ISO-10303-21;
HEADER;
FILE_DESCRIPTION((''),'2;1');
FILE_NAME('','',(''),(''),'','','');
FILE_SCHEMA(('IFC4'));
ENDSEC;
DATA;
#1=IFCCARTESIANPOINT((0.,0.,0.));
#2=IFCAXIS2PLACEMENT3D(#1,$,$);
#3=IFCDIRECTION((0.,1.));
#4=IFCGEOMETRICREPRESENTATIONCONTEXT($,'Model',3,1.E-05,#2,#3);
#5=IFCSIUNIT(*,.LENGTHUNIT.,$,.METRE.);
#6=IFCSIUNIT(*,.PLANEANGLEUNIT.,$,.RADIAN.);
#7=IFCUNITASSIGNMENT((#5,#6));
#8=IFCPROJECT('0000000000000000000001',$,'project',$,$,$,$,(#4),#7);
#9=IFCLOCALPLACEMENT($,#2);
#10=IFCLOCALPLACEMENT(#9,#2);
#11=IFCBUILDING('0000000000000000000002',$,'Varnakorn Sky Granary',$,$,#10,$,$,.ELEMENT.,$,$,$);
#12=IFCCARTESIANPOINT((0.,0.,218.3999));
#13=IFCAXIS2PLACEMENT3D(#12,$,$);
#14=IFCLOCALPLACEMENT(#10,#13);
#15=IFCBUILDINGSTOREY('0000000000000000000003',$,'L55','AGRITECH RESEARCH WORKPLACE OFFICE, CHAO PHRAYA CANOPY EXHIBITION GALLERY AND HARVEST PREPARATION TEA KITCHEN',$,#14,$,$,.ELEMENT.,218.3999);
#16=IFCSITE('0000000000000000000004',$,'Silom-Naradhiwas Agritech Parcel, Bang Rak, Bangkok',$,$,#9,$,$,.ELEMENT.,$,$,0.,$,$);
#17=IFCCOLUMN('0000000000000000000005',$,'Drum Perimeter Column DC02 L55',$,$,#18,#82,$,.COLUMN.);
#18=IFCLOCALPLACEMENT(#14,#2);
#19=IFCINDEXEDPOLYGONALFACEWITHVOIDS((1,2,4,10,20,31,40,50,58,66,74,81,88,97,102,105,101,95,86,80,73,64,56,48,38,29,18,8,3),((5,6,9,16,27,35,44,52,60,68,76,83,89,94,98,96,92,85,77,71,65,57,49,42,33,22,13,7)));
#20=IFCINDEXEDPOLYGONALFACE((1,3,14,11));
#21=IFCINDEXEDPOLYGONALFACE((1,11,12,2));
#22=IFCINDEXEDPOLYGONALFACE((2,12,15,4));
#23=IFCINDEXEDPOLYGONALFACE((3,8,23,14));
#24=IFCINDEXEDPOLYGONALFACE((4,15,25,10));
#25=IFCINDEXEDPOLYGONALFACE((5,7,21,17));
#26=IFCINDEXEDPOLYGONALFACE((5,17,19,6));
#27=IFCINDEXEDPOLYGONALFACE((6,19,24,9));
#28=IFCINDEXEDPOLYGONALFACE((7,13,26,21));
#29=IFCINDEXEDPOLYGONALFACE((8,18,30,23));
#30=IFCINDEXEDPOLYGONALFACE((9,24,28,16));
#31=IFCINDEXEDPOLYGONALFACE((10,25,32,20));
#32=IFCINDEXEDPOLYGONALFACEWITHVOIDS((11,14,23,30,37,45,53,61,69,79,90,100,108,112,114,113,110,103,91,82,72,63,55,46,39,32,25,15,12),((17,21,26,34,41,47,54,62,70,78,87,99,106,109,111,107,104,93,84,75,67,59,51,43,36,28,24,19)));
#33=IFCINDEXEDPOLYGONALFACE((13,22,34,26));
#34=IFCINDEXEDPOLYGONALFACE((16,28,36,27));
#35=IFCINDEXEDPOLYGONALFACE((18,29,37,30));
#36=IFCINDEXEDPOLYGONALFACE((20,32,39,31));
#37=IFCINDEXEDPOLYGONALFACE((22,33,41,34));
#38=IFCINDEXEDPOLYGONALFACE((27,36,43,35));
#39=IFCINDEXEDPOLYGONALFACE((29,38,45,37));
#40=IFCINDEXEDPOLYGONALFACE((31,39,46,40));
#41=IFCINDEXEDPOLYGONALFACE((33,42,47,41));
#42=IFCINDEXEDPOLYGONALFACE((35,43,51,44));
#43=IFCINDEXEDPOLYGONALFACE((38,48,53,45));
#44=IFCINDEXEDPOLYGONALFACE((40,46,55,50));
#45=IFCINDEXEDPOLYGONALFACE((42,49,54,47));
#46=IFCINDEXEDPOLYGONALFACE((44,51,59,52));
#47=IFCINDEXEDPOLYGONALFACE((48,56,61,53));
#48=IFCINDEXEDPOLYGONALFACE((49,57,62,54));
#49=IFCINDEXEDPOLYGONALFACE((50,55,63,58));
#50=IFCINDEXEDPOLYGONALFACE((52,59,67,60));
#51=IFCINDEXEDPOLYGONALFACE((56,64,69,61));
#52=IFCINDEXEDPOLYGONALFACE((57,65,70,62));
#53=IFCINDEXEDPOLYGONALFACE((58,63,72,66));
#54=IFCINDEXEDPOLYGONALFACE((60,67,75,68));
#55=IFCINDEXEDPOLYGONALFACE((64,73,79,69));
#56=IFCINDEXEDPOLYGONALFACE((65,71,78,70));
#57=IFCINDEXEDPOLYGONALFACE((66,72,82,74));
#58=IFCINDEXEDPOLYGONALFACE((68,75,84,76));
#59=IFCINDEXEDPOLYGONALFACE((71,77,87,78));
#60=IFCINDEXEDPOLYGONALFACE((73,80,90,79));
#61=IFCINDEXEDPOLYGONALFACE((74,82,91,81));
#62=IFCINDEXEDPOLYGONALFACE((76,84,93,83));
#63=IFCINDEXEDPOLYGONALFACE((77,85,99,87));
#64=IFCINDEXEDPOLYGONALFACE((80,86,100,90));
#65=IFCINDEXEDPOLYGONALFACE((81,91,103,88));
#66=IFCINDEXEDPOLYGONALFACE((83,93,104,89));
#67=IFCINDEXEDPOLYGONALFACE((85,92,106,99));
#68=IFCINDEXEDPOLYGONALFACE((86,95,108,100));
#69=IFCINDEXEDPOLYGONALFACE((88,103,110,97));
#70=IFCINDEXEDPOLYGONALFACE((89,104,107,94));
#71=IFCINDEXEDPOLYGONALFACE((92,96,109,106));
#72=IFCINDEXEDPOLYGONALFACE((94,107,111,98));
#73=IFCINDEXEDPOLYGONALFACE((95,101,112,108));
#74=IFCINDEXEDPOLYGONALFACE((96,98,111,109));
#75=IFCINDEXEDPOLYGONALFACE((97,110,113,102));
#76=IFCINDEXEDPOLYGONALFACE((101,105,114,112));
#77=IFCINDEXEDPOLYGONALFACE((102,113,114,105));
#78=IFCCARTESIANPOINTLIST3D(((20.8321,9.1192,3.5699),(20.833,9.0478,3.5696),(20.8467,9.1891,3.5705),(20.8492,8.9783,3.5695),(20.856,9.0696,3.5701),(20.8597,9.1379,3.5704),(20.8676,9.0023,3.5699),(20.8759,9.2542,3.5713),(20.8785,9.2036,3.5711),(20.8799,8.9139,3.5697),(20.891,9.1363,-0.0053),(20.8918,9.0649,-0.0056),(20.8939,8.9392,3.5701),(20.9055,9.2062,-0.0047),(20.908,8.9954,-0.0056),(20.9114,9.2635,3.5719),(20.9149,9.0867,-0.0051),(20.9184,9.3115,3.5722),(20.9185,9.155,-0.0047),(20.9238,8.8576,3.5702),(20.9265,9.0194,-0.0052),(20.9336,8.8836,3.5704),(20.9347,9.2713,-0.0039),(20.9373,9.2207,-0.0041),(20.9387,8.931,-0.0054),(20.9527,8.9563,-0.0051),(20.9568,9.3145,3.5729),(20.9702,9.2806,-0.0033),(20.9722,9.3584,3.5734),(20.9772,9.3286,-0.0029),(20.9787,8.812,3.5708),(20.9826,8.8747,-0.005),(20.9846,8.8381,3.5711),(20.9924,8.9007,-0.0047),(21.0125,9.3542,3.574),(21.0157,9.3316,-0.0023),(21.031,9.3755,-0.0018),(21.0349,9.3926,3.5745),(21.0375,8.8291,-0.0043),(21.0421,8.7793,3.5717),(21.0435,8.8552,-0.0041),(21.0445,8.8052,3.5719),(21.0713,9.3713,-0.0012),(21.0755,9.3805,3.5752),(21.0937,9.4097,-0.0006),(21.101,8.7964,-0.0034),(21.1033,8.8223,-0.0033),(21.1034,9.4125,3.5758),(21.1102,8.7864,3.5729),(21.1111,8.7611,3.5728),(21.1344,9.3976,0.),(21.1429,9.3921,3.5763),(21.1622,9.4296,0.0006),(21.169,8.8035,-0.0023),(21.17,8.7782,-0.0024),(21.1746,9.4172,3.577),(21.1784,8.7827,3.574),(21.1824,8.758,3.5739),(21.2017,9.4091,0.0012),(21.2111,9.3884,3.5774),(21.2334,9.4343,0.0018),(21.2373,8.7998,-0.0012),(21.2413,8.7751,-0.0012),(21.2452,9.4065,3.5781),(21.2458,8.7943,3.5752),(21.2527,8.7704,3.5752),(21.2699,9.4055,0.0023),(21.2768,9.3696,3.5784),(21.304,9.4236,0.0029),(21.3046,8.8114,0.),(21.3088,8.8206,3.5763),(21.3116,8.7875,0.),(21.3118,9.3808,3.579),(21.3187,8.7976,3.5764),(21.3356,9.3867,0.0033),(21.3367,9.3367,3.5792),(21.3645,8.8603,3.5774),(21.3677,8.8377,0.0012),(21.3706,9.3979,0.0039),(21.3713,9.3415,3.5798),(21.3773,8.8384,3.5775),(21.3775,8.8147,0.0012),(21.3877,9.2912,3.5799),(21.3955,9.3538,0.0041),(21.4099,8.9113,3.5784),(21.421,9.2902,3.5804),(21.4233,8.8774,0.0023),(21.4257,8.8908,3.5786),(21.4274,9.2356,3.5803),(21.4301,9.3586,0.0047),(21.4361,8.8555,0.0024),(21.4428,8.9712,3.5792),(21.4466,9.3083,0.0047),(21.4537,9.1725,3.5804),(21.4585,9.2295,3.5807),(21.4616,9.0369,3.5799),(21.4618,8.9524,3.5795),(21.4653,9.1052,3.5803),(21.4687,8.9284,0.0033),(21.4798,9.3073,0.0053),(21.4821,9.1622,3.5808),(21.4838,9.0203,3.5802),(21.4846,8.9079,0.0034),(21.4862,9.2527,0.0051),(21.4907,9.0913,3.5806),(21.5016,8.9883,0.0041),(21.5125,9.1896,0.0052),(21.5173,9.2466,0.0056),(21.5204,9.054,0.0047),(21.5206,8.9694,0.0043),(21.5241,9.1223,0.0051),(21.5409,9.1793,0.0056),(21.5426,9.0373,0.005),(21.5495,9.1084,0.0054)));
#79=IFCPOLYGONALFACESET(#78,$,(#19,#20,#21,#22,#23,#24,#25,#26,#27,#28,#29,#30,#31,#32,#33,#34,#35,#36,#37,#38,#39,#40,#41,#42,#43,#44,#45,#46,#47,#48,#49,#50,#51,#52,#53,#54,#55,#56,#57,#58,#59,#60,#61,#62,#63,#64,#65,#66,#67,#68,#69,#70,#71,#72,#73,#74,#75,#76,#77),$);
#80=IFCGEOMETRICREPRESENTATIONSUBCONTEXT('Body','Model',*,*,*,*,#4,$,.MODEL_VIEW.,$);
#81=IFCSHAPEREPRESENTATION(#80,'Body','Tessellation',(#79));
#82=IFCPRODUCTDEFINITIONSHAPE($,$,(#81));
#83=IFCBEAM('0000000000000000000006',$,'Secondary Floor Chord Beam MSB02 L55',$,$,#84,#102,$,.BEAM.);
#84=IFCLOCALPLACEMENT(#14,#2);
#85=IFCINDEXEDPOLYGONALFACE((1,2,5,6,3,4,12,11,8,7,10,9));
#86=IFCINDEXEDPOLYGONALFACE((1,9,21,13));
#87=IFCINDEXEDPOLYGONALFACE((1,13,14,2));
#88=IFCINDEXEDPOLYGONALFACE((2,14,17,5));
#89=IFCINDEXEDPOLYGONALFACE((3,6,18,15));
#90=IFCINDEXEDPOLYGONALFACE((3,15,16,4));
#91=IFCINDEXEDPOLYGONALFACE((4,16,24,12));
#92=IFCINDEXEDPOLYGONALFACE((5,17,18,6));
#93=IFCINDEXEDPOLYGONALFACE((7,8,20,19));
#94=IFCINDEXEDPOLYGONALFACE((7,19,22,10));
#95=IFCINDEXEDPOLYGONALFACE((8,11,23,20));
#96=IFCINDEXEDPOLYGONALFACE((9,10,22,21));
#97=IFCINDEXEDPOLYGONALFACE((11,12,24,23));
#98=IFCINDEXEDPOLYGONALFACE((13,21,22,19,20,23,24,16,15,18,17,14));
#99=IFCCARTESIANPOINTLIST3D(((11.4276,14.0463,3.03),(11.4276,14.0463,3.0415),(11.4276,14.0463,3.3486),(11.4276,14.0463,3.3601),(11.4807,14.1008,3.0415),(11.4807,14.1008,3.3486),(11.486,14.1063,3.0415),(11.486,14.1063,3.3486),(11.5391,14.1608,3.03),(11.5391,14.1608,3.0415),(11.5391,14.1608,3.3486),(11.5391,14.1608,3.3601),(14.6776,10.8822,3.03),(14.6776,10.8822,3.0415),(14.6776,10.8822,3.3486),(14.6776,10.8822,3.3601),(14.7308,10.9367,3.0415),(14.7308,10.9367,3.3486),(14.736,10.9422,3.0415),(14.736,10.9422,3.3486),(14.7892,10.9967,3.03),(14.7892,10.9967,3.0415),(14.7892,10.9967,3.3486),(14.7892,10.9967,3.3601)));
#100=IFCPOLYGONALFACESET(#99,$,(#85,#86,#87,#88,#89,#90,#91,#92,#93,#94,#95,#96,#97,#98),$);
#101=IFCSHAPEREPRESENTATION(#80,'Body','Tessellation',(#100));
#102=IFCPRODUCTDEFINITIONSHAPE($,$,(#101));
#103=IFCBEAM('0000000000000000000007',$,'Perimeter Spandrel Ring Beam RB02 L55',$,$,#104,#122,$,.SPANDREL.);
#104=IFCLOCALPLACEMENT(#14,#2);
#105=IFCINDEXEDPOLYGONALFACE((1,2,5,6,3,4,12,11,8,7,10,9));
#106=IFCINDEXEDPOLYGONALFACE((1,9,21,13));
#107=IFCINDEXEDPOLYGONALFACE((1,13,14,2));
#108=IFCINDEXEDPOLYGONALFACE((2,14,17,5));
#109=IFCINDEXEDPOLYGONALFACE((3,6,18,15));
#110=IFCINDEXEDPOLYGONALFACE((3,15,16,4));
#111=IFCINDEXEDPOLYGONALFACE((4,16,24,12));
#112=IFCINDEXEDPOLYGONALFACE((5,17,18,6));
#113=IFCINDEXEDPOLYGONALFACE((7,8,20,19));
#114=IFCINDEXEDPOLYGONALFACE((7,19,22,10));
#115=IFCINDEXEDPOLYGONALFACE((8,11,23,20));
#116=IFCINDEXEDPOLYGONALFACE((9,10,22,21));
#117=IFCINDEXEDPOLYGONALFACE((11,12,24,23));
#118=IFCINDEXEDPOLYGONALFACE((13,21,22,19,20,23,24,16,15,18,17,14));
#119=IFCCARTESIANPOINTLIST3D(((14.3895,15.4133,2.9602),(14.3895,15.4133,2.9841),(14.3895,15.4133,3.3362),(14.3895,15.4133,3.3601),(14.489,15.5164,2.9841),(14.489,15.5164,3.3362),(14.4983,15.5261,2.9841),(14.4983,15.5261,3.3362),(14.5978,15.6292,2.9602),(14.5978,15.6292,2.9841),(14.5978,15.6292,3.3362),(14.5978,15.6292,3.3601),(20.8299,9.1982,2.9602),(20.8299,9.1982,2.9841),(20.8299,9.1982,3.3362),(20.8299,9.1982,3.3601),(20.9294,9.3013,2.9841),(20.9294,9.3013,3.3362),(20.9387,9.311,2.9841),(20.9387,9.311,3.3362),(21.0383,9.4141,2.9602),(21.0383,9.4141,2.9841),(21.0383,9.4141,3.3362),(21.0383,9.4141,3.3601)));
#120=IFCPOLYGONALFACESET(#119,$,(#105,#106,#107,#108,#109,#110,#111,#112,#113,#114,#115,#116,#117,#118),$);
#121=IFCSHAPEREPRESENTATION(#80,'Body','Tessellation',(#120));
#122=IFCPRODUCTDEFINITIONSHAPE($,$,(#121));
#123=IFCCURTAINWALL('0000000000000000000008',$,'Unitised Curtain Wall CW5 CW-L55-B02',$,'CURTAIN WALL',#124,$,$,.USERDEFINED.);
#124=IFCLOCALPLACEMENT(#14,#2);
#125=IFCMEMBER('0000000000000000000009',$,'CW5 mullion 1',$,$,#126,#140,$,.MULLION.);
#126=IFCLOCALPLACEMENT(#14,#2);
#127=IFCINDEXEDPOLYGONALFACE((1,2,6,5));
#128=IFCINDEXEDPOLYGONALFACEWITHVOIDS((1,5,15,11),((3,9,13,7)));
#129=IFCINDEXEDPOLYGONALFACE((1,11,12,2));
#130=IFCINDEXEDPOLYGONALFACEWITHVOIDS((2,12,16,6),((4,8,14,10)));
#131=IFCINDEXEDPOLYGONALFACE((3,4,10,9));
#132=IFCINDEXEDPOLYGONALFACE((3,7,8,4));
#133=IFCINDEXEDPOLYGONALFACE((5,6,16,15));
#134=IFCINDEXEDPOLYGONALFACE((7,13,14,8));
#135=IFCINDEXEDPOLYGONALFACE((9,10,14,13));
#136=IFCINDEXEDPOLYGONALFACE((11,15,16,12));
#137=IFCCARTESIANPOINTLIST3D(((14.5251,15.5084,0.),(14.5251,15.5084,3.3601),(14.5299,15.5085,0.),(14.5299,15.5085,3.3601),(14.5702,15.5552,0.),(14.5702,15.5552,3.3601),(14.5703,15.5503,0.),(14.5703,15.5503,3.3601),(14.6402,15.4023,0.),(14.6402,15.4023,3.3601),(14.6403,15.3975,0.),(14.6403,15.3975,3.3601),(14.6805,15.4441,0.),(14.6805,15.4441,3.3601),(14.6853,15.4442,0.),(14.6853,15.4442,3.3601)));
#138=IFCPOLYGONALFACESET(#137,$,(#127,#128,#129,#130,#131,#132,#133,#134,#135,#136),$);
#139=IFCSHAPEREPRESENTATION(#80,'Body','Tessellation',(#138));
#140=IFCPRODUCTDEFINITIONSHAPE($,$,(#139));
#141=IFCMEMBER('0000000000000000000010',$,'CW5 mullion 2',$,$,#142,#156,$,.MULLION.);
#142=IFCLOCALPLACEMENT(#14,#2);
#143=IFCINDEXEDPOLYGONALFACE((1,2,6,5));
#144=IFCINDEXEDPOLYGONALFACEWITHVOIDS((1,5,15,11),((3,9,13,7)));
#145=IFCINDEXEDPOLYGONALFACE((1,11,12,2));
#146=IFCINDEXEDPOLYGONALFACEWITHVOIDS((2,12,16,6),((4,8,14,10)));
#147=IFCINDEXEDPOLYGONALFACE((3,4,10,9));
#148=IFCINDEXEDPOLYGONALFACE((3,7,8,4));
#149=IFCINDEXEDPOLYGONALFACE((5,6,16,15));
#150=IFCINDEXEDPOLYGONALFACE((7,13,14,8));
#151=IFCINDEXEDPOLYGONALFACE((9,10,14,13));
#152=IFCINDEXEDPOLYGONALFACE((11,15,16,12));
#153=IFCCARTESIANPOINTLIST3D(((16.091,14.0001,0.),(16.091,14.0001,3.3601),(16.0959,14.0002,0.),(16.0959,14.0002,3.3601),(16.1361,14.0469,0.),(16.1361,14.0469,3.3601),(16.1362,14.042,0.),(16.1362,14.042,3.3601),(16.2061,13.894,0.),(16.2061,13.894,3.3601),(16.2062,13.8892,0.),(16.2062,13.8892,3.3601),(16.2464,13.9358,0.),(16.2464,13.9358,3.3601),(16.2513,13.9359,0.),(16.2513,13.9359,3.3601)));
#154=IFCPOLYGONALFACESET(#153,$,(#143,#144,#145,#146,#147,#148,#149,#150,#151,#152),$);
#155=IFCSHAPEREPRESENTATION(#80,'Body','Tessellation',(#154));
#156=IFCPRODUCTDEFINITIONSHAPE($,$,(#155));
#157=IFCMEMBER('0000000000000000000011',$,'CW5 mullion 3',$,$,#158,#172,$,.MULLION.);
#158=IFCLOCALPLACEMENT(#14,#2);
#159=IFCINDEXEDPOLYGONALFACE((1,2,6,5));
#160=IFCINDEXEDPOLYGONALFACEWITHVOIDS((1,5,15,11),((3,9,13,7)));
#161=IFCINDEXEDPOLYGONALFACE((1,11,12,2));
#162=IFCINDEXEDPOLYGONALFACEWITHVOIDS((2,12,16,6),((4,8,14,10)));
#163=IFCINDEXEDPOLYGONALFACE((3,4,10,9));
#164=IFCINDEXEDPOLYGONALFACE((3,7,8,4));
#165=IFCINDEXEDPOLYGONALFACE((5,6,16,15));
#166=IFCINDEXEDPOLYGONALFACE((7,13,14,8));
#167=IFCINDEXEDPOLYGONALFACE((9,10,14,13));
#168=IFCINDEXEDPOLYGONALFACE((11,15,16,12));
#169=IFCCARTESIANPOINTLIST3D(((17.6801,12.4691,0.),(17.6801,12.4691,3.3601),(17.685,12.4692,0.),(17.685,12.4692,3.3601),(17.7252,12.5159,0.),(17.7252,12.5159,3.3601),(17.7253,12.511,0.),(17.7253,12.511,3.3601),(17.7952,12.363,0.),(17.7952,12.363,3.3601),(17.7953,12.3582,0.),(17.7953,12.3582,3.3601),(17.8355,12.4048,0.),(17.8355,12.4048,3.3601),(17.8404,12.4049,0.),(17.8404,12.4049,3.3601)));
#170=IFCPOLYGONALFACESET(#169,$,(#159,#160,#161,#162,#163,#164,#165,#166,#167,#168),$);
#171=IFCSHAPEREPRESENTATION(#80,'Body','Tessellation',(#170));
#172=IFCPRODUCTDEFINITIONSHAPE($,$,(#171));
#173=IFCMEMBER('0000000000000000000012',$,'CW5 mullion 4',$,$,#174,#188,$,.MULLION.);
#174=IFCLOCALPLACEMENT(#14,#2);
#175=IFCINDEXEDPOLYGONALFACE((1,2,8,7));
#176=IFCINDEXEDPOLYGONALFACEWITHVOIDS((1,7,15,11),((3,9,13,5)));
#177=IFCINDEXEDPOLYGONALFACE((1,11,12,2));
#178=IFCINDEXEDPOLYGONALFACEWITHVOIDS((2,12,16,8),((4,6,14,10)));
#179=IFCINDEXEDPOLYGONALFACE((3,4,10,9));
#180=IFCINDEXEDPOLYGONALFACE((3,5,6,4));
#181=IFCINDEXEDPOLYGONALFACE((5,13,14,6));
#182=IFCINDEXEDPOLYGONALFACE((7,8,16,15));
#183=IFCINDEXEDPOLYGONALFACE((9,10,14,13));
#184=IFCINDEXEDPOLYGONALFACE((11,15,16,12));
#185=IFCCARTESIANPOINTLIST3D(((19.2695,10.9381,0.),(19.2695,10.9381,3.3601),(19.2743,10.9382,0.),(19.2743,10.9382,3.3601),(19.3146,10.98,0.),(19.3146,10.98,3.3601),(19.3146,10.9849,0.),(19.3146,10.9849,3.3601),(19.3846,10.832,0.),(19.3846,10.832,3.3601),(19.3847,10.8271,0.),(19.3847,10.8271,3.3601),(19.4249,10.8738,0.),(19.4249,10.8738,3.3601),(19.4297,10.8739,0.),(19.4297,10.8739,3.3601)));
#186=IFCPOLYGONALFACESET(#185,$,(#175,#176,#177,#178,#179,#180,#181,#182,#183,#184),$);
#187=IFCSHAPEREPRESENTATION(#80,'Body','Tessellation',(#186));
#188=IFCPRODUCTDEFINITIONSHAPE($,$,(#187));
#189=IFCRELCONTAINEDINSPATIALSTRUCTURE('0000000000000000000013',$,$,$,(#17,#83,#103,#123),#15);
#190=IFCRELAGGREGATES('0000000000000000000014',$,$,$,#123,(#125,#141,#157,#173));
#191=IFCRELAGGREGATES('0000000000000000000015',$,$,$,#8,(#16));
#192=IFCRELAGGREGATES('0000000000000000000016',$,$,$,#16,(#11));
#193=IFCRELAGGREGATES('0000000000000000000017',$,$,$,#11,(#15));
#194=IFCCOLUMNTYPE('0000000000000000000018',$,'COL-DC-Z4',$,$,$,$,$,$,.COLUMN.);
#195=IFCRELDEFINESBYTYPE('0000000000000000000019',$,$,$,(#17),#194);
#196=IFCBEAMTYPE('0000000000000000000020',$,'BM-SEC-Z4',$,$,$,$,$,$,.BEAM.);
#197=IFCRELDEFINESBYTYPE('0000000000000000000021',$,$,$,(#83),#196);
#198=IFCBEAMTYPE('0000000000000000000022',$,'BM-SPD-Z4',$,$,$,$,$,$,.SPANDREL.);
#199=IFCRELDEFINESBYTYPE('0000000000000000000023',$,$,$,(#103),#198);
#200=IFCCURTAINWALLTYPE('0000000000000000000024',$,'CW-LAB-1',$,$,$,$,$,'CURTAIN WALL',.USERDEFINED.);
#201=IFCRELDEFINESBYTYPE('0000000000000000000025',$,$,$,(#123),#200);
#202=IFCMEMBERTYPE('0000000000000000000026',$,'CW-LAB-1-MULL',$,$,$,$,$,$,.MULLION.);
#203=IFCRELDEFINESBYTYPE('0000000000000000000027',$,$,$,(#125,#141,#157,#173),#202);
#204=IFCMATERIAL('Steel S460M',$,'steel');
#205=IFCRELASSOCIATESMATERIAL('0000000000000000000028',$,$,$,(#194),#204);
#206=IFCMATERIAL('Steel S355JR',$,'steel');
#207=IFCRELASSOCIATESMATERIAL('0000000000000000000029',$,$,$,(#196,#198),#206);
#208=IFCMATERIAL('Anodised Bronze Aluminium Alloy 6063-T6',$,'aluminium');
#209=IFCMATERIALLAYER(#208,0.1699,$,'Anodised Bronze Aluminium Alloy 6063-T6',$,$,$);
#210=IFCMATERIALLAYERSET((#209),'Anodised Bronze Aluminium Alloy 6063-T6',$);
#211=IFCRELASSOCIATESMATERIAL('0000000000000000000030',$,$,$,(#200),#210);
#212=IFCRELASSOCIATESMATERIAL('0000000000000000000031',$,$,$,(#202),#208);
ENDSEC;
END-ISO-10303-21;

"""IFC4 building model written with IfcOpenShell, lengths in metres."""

from ifc_helpers import new_model, si_unit, direction, frame, origin, origin_2d, place, context, subcontext, project, spatial, hollow_rectangle, hollow_circle, i_section, extrude, material, layer, layer_set, material_profile, profile_set, type_object, element, aggregate, save


model = new_model("IFC4")

# Units and contexts
model_context = context("Model", 3, precision=1e-05, world=origin(), true_north=direction((0.0, 1.0)))
body_context = subcontext(model_context, "Body", "Model", "MODEL_VIEW")
ifc_project = project(units=[si_unit("LENGTHUNIT", "METRE"), si_unit("PLANEANGLEUNIT", "RADIAN")], contexts=[model_context])

# Site, building, storey
site_placement = place(None, origin())
site = spatial("IfcSite", under=ifc_project, at=site_placement, Name="Silom-Naradhiwas Agritech Parcel, Bang Rak, Bangkok", CompositionType="ELEMENT", RefElevation=0.0)
building_placement = place(site_placement, origin())
building = spatial("IfcBuilding", under=site, at=building_placement, Name="Varnakorn Sky Granary", CompositionType="ELEMENT")
storey_placement = place(building_placement, frame((0.0, 0.0, 218.3999)))
storey = spatial("IfcBuildingStorey", under=building, at=storey_placement, Name="L55", Description="AGRITECH RESEARCH WORKPLACE OFFICE, CHAO PHRAYA CANOPY EXHIBITION GALLERY AND HARVEST PREPARATION TEA KITCHEN", CompositionType="ELEMENT", Elevation=218.3999)

# Column
ifc_material_1 = material(Name="Steel S460M", Category="steel")
ifc_material_profile_1 = material_profile(ifc_material_1, hollow_circle(Radius=0.3301, WallThickness=0.0249, at=origin_2d()), Name="CHS 660x25")
ifc_profile_set_1 = profile_set([ifc_material_profile_1], Name="Steel S460M")
column_type = type_object("IfcColumnType", Name="COL-DC-Z4", PredefinedType="COLUMN", material=ifc_profile_set_1)
column_placement = place(storey_placement, frame((21.2195, 9.1045, 0.0), z_axis=(-0.016455, -0.004779, 0.999853), x_axis=(0.278929, -0.960312, 0.0)))
element("IfcColumn", 1, at=column_placement, inside=storey, type_object=column_type, Name="Drum Perimeter Column DC02 L55", PredefinedType="COLUMN", context=body_context, shape_type="SweptSolid", body=[
    extrude(hollow_circle(Radius=0.3301, WallThickness=0.0249, at=origin_2d()), origin(), (0.0, 0.0, 1.0), 3.5757),
])

# Beams
ifc_material_2 = material(Name="Steel S355JR", Category="steel")
ifc_material_profile_2 = material_profile(ifc_material_2, i_section(OverallWidth=0.1599, OverallDepth=0.3301, WebThickness=0.0076, FlangeThickness=0.0115, at=origin_2d()), Name="IPE 330")
ifc_profile_set_2 = profile_set([ifc_material_profile_2], Name="Steel S355JR")
beam_type_1 = type_object("IfcBeamType", Name="BM-SEC-Z4", PredefinedType="BEAM", material=ifc_profile_set_2)
beam_1_placement = place(storey_placement, frame((14.7334, 10.9395, 3.1951), z_axis=(-0.716516, 0.69757, 0.0), x_axis=(-0.69757, -0.716516, 0.0)))
element("IfcBeam", 2, at=beam_1_placement, inside=storey, type_object=beam_type_1, Name="Secondary Floor Chord Beam MSB02 L55", PredefinedType="BEAM", context=body_context, shape_type="SweptSolid", body=[
    extrude(i_section(OverallWidth=0.1599, OverallDepth=0.3301, WebThickness=0.0076, FlangeThickness=0.0115, at=origin_2d()), origin(), (0.0, 0.0, 1.0), 4.5359),
])
ifc_material_profile_3 = material_profile(ifc_material_2, i_section(OverallWidth=0.3, OverallDepth=0.3999, WebThickness=0.0134, FlangeThickness=0.0239, at=origin_2d()), Name="HE 400 B")
ifc_profile_set_3 = profile_set([ifc_material_profile_3], Name="Steel S355JR")
beam_type_2 = type_object("IfcBeamType", Name="BM-SPD-Z4", PredefinedType="SPANDREL", material=ifc_profile_set_3)
beam_2_placement = place(storey_placement, frame((20.9341, 9.3062, 3.1602), z_axis=(-0.719583, 0.694406, 0.0), x_axis=(-0.694406, -0.719583, 0.0)))
element("IfcBeam", 3, at=beam_2_placement, inside=storey, type_object=beam_type_2, Name="Perimeter Spandrel Ring Beam RB02 L55", PredefinedType="SPANDREL", context=body_context, shape_type="SweptSolid", body=[
    extrude(i_section(OverallWidth=0.3, OverallDepth=0.3999, WebThickness=0.0134, FlangeThickness=0.0239, at=origin_2d()), origin(), (0.0, 0.0, 1.0), 8.9502),
])

# Curtain wall, members
ifc_material_3 = material(Name="Anodised Bronze Aluminium Alloy 6063-T6", Category="aluminium")
ifc_layer_1 = layer(ifc_material_3, 0.1699, Name="Anodised Bronze Aluminium Alloy 6063-T6")
ifc_layer_set_1 = layer_set([ifc_layer_1], Name="Anodised Bronze Aluminium Alloy 6063-T6")
curtain_wall_type = type_object("IfcCurtainWallType", Name="CW-LAB-1", ElementType="CURTAIN WALL", PredefinedType="USERDEFINED", material=ifc_layer_set_1)
curtain_wall_placement = place(storey_placement, origin())
curtain_wall = element("IfcCurtainWall", 4, at=curtain_wall_placement, inside=storey, type_object=curtain_wall_type, Name="Unitised Curtain Wall CW5 CW-L55-B02", ObjectType="CURTAIN WALL", PredefinedType="USERDEFINED")
ifc_material_profile_4 = material_profile(ifc_material_3, hollow_rectangle(XDim=0.0649, YDim=0.1599, WallThickness=0.0034, at=origin_2d()), Name="ALU MULL 65x160")
ifc_profile_set_4 = profile_set([ifc_material_profile_4], Name="Anodised Bronze Aluminium Alloy 6063-T6")
member_type_1 = type_object("IfcMemberType", Name="CW-LAB-1-MULL", PredefinedType="MULLION", material=ifc_profile_set_4)
member_1_placement = place(storey_placement, frame((14.6052, 15.4763, 0.0), z_axis=(0.0, 0.0, 1.0), x_axis=(0.693785, 0.720182, 0.0)))
member_1 = element("IfcMember", 5, at=member_1_placement, type_object=member_type_1, Name="CW5 mullion 1", PredefinedType="MULLION", context=body_context, shape_type="SweptSolid", body=[
    extrude(hollow_rectangle(XDim=0.0649, YDim=0.1599, WallThickness=0.0034, at=origin_2d()), origin(), (0.0, 0.0, 1.0), 3.3601),
])
member_2_placement = place(storey_placement, frame((16.1711, 13.968, 0.0), z_axis=(0.0, 0.0, 1.0), x_axis=(0.693785, 0.720182, 0.0)))
member_2 = element("IfcMember", 6, at=member_2_placement, type_object=member_type_1, Name="CW5 mullion 2", PredefinedType="MULLION", context=body_context, shape_type="SweptSolid", body=[
    extrude(hollow_rectangle(XDim=0.0649, YDim=0.1599, WallThickness=0.0034, at=origin_2d()), origin(), (0.0, 0.0, 1.0), 3.3601),
])
member_3_placement = place(storey_placement, frame((17.7603, 12.437, 0.0), z_axis=(0.0, 0.0, 1.0), x_axis=(0.693785, 0.720182, 0.0)))
member_3 = element("IfcMember", 7, at=member_3_placement, type_object=member_type_1, Name="CW5 mullion 3", PredefinedType="MULLION", context=body_context, shape_type="SweptSolid", body=[
    extrude(hollow_rectangle(XDim=0.0649, YDim=0.1599, WallThickness=0.0034, at=origin_2d()), origin(), (0.0, 0.0, 1.0), 3.3601),
])
member_4_placement = place(storey_placement, frame((19.3496, 10.906, 0.0), z_axis=(0.0, 0.0, 1.0), x_axis=(0.693785, 0.720182, 0.0)))
member_4 = element("IfcMember", 8, at=member_4_placement, type_object=member_type_1, Name="CW5 mullion 4", PredefinedType="MULLION", context=body_context, shape_type="SweptSolid", body=[
    extrude(hollow_rectangle(XDim=0.0649, YDim=0.1599, WallThickness=0.0034, at=origin_2d()), origin(), (0.0, 0.0, 1.0), 3.3601),
])

aggregate(curtain_wall, [member_1, member_2, member_3, member_4])

save(model, "model.ifc")
